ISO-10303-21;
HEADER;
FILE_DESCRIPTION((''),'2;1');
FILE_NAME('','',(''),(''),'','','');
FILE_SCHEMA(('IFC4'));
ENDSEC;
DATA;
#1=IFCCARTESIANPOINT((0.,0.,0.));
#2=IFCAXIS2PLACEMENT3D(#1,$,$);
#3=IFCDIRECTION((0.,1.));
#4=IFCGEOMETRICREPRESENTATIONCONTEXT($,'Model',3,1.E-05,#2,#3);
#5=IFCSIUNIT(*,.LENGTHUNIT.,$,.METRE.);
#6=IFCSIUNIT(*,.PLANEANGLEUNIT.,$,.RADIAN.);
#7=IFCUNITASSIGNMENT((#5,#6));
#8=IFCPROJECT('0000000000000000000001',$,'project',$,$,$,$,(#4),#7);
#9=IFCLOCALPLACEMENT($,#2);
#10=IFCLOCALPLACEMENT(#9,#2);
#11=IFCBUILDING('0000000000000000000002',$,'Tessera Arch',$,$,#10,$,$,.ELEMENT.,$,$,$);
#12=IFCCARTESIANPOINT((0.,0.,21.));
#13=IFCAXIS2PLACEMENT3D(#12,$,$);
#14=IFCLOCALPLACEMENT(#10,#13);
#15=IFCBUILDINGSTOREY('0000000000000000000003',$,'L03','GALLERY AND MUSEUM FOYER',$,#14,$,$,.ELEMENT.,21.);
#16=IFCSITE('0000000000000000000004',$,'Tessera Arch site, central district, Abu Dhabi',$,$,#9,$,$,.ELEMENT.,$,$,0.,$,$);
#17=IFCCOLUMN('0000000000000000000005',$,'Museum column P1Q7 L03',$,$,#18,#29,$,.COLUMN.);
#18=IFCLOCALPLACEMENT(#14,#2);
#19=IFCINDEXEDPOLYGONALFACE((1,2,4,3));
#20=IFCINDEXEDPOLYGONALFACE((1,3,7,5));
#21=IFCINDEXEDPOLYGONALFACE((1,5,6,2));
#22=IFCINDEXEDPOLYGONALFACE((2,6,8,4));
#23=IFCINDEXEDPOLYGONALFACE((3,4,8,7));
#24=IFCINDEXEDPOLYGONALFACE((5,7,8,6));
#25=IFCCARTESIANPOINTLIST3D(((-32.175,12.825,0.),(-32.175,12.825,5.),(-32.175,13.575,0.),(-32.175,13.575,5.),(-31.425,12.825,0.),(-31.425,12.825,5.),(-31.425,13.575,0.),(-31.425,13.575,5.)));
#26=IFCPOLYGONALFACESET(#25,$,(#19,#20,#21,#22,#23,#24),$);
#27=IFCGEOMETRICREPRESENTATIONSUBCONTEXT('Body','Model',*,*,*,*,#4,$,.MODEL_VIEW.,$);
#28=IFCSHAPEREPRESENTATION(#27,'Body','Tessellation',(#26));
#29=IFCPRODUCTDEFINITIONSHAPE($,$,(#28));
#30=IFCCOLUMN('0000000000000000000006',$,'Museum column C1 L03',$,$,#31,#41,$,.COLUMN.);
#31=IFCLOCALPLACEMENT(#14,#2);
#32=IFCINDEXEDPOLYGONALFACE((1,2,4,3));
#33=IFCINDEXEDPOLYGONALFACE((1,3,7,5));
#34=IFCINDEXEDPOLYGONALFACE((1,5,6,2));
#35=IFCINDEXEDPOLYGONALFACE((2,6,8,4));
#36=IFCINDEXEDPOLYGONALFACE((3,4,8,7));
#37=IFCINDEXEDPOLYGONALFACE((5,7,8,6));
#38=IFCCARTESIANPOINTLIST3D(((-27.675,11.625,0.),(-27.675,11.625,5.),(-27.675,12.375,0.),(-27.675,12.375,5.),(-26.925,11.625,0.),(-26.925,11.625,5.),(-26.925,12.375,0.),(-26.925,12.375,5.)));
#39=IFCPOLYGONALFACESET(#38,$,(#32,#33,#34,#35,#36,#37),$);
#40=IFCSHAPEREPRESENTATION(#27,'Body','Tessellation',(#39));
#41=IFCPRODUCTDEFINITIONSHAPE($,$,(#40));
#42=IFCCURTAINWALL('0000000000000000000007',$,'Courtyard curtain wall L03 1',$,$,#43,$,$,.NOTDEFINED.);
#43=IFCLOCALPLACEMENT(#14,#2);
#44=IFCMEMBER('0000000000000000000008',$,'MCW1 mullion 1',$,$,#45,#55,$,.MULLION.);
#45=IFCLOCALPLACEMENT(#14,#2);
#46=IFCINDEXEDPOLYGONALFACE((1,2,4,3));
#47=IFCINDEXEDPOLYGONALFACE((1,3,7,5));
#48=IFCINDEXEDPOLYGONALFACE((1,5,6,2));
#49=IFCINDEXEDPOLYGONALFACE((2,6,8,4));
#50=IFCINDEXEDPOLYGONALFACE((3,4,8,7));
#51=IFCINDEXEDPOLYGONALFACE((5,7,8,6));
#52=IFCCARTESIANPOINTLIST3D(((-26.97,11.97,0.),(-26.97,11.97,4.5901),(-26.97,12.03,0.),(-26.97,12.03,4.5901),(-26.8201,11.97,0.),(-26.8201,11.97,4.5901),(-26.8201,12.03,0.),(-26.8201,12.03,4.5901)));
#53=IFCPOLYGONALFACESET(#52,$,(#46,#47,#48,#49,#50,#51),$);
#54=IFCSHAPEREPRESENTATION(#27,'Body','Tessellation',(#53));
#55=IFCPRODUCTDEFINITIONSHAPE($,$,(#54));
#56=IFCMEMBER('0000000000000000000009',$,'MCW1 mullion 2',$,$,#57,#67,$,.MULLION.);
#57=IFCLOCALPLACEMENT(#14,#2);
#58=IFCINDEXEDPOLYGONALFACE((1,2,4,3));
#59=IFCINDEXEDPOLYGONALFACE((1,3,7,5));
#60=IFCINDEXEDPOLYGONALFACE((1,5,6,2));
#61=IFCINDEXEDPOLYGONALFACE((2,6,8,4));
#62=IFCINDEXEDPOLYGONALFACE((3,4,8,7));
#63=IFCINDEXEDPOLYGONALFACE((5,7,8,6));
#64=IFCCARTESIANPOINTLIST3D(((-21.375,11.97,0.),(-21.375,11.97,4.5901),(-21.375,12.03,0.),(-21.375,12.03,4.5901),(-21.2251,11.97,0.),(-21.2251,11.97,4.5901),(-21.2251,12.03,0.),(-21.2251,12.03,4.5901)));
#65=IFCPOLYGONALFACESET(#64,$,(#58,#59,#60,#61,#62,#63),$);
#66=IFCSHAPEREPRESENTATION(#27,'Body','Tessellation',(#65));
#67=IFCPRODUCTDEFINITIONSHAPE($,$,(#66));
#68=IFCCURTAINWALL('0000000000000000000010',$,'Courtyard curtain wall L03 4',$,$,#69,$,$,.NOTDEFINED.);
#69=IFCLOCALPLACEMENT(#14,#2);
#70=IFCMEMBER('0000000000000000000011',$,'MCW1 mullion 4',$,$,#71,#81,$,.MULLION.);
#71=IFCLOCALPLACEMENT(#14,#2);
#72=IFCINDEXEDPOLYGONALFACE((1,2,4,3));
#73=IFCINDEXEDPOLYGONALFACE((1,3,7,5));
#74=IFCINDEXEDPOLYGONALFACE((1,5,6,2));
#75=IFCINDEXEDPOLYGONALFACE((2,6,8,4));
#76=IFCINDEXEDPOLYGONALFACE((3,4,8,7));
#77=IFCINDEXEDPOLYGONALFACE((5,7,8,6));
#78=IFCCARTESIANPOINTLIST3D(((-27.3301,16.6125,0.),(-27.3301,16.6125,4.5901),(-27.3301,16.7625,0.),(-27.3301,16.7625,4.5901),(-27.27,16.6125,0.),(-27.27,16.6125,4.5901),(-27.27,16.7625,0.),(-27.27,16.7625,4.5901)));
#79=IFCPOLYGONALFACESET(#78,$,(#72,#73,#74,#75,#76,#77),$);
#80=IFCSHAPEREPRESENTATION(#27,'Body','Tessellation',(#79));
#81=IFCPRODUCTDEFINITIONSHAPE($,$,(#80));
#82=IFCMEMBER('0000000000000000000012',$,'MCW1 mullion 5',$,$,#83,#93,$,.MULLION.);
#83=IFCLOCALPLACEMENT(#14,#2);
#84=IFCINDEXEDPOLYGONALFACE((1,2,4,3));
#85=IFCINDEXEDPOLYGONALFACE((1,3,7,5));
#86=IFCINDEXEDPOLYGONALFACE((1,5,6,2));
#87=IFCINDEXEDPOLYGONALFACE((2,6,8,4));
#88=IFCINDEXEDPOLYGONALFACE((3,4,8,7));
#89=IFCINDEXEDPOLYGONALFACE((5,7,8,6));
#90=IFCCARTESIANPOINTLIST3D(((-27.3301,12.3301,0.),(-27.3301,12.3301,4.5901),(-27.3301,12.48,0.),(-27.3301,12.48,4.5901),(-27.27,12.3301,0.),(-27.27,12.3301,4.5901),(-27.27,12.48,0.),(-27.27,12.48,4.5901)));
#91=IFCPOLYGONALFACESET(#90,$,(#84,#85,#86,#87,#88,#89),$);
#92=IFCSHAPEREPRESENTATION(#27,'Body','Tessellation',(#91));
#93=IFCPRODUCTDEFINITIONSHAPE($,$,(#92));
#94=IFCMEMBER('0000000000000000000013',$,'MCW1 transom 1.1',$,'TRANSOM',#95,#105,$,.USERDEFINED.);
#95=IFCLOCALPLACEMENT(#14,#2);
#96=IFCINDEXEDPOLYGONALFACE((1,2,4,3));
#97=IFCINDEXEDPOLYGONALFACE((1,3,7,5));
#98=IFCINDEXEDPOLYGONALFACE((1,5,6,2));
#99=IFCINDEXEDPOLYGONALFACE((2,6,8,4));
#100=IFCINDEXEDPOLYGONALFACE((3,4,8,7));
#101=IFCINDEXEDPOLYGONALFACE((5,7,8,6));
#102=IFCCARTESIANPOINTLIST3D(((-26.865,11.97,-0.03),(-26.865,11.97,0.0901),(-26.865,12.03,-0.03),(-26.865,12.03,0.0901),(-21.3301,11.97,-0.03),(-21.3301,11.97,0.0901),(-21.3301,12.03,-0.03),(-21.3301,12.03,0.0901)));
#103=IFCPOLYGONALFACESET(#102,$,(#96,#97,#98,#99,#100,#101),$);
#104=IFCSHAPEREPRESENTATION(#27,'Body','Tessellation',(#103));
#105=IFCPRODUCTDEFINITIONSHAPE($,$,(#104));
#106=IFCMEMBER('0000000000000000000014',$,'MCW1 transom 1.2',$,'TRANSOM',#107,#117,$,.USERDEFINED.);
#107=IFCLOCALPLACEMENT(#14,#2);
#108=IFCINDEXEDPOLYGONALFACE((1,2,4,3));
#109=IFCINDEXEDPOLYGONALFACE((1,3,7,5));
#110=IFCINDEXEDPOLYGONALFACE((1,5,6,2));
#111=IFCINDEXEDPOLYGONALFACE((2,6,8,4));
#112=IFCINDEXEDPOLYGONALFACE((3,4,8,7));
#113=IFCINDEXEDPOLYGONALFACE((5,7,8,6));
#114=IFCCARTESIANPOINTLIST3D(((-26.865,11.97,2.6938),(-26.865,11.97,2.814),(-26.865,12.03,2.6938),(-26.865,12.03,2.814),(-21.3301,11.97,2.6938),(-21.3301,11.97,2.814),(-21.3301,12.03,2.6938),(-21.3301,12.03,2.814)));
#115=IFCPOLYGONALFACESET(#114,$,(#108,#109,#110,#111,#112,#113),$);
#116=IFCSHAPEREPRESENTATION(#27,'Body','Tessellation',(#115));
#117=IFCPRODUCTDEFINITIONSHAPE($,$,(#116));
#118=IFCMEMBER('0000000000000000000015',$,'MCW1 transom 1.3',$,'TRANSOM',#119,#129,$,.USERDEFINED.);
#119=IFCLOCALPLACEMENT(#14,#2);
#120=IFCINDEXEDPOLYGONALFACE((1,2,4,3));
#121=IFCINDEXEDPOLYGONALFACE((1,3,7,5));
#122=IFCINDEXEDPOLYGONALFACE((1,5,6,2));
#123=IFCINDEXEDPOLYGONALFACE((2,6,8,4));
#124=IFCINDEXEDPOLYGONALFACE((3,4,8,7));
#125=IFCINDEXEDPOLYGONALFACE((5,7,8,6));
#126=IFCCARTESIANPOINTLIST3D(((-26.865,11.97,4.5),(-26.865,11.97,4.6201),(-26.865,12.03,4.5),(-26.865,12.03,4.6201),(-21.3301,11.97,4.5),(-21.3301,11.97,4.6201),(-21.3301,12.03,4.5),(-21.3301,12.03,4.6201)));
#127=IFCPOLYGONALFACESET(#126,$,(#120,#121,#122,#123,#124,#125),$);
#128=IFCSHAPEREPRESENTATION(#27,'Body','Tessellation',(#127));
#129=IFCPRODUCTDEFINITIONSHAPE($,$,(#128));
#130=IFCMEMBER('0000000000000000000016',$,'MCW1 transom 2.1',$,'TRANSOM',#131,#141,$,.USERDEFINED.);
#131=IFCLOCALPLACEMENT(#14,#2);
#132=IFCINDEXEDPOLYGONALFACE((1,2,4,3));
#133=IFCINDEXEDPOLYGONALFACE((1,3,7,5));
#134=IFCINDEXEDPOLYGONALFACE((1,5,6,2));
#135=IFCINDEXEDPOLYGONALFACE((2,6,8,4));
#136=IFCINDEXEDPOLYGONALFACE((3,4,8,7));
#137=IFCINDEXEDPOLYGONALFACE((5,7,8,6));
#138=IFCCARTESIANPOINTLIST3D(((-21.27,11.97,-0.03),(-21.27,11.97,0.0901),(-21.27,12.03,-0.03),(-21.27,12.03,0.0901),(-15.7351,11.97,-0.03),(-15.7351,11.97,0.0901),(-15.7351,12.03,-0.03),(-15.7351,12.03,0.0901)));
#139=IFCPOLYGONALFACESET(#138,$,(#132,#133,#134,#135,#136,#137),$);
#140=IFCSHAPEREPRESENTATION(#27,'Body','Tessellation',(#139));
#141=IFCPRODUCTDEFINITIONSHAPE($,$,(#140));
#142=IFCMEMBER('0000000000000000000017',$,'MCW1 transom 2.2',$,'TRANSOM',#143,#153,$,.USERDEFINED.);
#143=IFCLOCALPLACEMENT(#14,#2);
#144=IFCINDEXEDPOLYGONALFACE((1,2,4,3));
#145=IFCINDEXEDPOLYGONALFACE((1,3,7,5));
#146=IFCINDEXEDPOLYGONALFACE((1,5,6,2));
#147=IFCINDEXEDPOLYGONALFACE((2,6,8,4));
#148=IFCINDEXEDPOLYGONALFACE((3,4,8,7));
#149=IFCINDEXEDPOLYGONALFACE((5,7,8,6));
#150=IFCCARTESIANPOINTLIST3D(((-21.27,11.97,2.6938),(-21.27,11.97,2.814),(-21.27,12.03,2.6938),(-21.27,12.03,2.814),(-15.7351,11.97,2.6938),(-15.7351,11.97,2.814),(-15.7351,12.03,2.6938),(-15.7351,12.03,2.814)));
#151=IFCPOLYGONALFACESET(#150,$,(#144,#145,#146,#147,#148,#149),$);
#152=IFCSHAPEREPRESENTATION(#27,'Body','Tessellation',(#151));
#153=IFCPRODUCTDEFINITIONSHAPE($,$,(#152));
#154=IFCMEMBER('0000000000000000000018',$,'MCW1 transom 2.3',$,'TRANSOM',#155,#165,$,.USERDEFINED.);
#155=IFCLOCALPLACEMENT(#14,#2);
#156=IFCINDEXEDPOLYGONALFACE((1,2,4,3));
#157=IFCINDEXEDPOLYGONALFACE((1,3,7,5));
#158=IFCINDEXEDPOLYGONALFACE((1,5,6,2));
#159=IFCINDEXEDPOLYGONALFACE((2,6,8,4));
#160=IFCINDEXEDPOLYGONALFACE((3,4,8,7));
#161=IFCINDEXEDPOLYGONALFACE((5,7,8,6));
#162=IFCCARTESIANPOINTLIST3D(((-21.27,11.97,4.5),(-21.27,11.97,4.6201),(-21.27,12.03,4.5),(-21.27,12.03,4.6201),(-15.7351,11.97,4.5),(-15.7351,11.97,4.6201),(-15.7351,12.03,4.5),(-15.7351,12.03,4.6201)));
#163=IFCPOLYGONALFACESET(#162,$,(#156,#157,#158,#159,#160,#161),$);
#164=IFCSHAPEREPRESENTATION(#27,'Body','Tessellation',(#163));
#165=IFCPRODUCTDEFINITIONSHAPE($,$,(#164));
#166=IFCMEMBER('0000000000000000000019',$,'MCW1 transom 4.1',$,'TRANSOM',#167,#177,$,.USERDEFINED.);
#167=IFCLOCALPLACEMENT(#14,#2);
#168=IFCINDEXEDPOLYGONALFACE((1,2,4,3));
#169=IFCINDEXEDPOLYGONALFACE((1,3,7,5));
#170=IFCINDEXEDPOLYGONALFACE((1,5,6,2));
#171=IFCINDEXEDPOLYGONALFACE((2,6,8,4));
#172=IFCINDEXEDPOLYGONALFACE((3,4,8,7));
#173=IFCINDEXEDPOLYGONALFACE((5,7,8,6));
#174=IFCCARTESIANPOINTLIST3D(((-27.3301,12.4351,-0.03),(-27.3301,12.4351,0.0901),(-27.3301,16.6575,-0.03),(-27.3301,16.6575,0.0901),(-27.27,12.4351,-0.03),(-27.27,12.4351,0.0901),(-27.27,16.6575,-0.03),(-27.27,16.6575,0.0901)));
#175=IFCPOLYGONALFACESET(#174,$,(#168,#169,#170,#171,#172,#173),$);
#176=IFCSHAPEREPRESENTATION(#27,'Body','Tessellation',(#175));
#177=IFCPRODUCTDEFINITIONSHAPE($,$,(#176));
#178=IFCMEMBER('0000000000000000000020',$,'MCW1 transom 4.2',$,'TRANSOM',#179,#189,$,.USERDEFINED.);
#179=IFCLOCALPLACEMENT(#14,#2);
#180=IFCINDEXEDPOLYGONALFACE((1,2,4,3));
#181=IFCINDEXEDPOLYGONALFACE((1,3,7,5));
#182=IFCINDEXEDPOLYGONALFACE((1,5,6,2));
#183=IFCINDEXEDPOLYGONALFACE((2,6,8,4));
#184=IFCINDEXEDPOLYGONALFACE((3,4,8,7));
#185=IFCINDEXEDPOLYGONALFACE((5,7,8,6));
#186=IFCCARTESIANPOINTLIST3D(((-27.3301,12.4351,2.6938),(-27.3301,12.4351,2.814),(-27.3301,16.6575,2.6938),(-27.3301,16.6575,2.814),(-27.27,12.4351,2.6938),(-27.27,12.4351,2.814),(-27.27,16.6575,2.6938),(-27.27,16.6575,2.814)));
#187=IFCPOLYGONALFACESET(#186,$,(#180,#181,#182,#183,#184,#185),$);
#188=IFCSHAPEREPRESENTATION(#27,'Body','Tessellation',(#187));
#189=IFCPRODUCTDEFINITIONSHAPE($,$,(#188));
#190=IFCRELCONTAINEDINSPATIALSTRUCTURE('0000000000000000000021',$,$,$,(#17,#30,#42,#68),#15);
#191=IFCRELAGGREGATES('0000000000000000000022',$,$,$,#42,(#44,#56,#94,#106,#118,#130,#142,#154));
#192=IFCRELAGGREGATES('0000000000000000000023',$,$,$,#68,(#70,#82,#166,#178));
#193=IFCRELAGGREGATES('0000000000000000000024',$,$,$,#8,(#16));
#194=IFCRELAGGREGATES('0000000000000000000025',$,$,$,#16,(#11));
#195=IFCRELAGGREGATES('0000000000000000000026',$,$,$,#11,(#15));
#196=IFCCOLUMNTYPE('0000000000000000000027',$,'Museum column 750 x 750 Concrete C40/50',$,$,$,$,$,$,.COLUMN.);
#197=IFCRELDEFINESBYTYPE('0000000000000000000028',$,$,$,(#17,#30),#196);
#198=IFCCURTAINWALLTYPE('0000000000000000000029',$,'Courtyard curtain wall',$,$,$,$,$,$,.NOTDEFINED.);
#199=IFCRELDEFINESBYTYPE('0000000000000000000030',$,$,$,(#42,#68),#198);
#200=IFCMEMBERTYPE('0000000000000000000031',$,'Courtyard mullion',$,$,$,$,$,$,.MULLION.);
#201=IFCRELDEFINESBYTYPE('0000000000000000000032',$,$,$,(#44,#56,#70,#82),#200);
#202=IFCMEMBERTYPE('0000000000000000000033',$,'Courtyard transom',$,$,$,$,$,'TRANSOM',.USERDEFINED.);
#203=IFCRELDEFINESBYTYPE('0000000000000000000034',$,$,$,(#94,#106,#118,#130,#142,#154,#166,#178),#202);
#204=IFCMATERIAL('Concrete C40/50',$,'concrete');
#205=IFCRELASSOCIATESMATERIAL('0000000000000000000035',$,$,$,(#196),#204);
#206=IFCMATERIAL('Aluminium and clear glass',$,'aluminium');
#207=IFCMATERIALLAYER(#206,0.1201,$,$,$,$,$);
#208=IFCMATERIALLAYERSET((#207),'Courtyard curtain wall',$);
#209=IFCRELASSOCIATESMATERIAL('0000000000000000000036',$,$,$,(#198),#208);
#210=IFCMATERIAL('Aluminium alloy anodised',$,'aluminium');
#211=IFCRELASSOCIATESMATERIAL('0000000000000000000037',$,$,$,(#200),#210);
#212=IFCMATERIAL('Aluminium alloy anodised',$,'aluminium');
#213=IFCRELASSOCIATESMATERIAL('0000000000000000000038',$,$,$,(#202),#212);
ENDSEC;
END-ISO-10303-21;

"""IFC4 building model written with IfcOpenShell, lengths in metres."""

from ifc_helpers import new_model, si_unit, direction, frame, origin, origin_2d, place, context, subcontext, project, spatial, rectangle, extrude, material, layer, layer_set, material_profile, profile_set, type_object, element, aggregate, save


model = new_model("IFC4")

# Units and contexts
model_context = context("Model", 3, precision=1e-05, world=origin(), true_north=direction((0.0, 1.0)))
body_context = subcontext(model_context, "Body", "Model", "MODEL_VIEW")
ifc_project = project(units=[si_unit("LENGTHUNIT", "METRE"), si_unit("PLANEANGLEUNIT", "RADIAN")], contexts=[model_context])

# Site, building, storey
site_placement = place(None, origin())
site = spatial("IfcSite", under=ifc_project, at=site_placement, Name="Tessera Arch site, central district, Abu Dhabi", CompositionType="ELEMENT", RefElevation=0.0)
building_placement = place(site_placement, origin())
building = spatial("IfcBuilding", under=site, at=building_placement, Name="Tessera Arch", CompositionType="ELEMENT")
storey_placement = place(building_placement, frame((0.0, 0.0, 21.0)))
storey = spatial("IfcBuildingStorey", under=building, at=storey_placement, Name="L03", Description="GALLERY AND MUSEUM FOYER", CompositionType="ELEMENT", Elevation=21.0)

# Columns
ifc_material_1 = material(Name="Concrete C40/50", Category="concrete")
ifc_material_profile_1 = material_profile(ifc_material_1, rectangle(XDim=0.75, YDim=0.75, at=origin_2d()), Name="Museum column 750 x 750 Concrete C40/50")
ifc_profile_set_1 = profile_set([ifc_material_profile_1], Name="Concrete C40/50")
column_type = type_object("IfcColumnType", Name="Museum column 750 x 750 Concrete C40/50", PredefinedType="COLUMN", material=ifc_profile_set_1)
for number, where, z_axis, x_axis, name in (
    (1, (-31.8, 13.2, 0.0), (0.0, 0.0, 1.0), (1.0, 0.0, 0.0), "Museum column P1Q7 L03"),
    (2, (-27.3, 12.0, 0.0), (0.0, 0.0, 1.0), (1.0, 0.0, 0.0), "Museum column C1 L03"),
):
    element("IfcColumn", number, at=place(storey_placement, frame(where, z_axis=z_axis, x_axis=x_axis)), inside=storey, type_object=column_type, Name=name, PredefinedType="COLUMN", context=body_context, shape_type="SweptSolid", body=[
        extrude(rectangle(XDim=0.75, YDim=0.75, at=origin_2d()), origin(), (0.0, 0.0, 1.0), 5.0),
    ])

# Curtain walls, members
ifc_material_2 = material(Name="Aluminium and clear glass", Category="aluminium")
ifc_layer_1 = layer(ifc_material_2, 0.1201)
ifc_layer_set_1 = layer_set([ifc_layer_1], Name="Courtyard curtain wall")
curtain_wall_type = type_object("IfcCurtainWallType", Name="Courtyard curtain wall", PredefinedType="NOTDEFINED", material=ifc_layer_set_1)
curtain_wall_1_placement = place(storey_placement, origin())
curtain_wall_1 = element("IfcCurtainWall", 3, at=curtain_wall_1_placement, inside=storey, type_object=curtain_wall_type, Name="Courtyard curtain wall L03 1", PredefinedType="NOTDEFINED")
ifc_material_3 = material(Name="Aluminium alloy anodised", Category="aluminium")
ifc_material_profile_2 = material_profile(ifc_material_3, rectangle(XDim=0.0601, YDim=0.1499, at=origin_2d()), Name="Courtyard mullion")
ifc_profile_set_2 = profile_set([ifc_material_profile_2], Name="Aluminium alloy anodised")
member_type_1 = type_object("IfcMemberType", Name="Courtyard mullion", PredefinedType="MULLION", material=ifc_profile_set_2)
member_1_placement = place(storey_placement, frame((-26.895, 12.0, 0.0), z_axis=(0.0, 0.0, 1.0), x_axis=(0.0, 1.0, 0.0)))
member_1 = element("IfcMember", 4, at=member_1_placement, type_object=member_type_1, Name="MCW1 mullion 1", PredefinedType="MULLION", context=body_context, shape_type="SweptSolid", body=[
    extrude(rectangle(XDim=0.0601, YDim=0.1499, at=origin_2d()), origin(), (0.0, 0.0, 1.0), 4.5901),
])
member_2_placement = place(storey_placement, frame((-21.3, 12.0, 0.0), z_axis=(0.0, 0.0, 1.0), x_axis=(0.0, 1.0, 0.0)))
member_2 = element("IfcMember", 5, at=member_2_placement, type_object=member_type_1, Name="MCW1 mullion 2", PredefinedType="MULLION", context=body_context, shape_type="SweptSolid", body=[
    extrude(rectangle(XDim=0.0601, YDim=0.1499, at=origin_2d()), origin(), (0.0, 0.0, 1.0), 4.5901),
])
curtain_wall_2_placement = place(storey_placement, origin())
curtain_wall_2 = element("IfcCurtainWall", 6, at=curtain_wall_2_placement, inside=storey, type_object=curtain_wall_type, Name="Courtyard curtain wall L03 4", PredefinedType="NOTDEFINED")
member_3_placement = place(storey_placement, frame((-27.3, 16.6875, 0.0), z_axis=(0.0, 0.0, 1.0), x_axis=(1.0, 0.0, 0.0)))
member_3 = element("IfcMember", 7, at=member_3_placement, type_object=member_type_1, Name="MCW1 mullion 4", PredefinedType="MULLION", context=body_context, shape_type="SweptSolid", body=[
    extrude(rectangle(XDim=0.0601, YDim=0.1499, at=origin_2d()), origin(), (0.0, 0.0, 1.0), 4.5901),
])
member_4_placement = place(storey_placement, frame((-27.3, 12.405, 0.0), z_axis=(0.0, 0.0, 1.0), x_axis=(1.0, 0.0, 0.0)))
member_4 = element("IfcMember", 8, at=member_4_placement, type_object=member_type_1, Name="MCW1 mullion 5", PredefinedType="MULLION", context=body_context, shape_type="SweptSolid", body=[
    extrude(rectangle(XDim=0.0601, YDim=0.1499, at=origin_2d()), origin(), (0.0, 0.0, 1.0), 4.5901),
])

# Members
ifc_material_4 = material(Name="Aluminium alloy anodised", Category="aluminium")
ifc_material_profile_3 = material_profile(ifc_material_4, rectangle(XDim=0.0601, YDim=0.1201, at=origin_2d()), Name="Courtyard transom")
ifc_profile_set_3 = profile_set([ifc_material_profile_3], Name="Aluminium alloy anodised")
member_type_2 = type_object("IfcMemberType", Name="Courtyard transom", ElementType="TRANSOM", PredefinedType="USERDEFINED", material=ifc_profile_set_3)
member_5_placement = place(storey_placement, frame((-26.865, 12.0, 0.03), z_axis=(1.0, 0.0, 0.0), x_axis=(0.0, 1.0, 0.0)))
member_5 = element("IfcMember", 9, at=member_5_placement, type_object=member_type_2, Name="MCW1 transom 1.1", ObjectType="TRANSOM", PredefinedType="USERDEFINED", context=body_context, shape_type="SweptSolid", body=[
    extrude(rectangle(XDim=0.0601, YDim=0.1201, at=origin_2d()), origin(), (0.0, 0.0, 1.0), 5.5349),
])
member_6_placement = place(storey_placement, frame((-26.865, 12.0, 2.7539), z_axis=(1.0, 0.0, 0.0), x_axis=(0.0, 1.0, 0.0)))
member_6 = element("IfcMember", 10, at=member_6_placement, type_object=member_type_2, Name="MCW1 transom 1.2", ObjectType="TRANSOM", PredefinedType="USERDEFINED", context=body_context, shape_type="SweptSolid", body=[
    extrude(rectangle(XDim=0.0601, YDim=0.1201, at=origin_2d()), origin(), (0.0, 0.0, 1.0), 5.5349),
])
member_7_placement = place(storey_placement, frame((-26.865, 12.0, 4.5601), z_axis=(1.0, 0.0, 0.0), x_axis=(0.0, 1.0, 0.0)))
member_7 = element("IfcMember", 11, at=member_7_placement, type_object=member_type_2, Name="MCW1 transom 1.3", ObjectType="TRANSOM", PredefinedType="USERDEFINED", context=body_context, shape_type="SweptSolid", body=[
    extrude(rectangle(XDim=0.0601, YDim=0.1201, at=origin_2d()), origin(), (0.0, 0.0, 1.0), 5.5349),
])
member_8_placement = place(storey_placement, frame((-21.27, 12.0, 0.03), z_axis=(1.0, 0.0, 0.0), x_axis=(0.0, 1.0, 0.0)))
member_8 = element("IfcMember", 12, at=member_8_placement, type_object=member_type_2, Name="MCW1 transom 2.1", ObjectType="TRANSOM", PredefinedType="USERDEFINED", context=body_context, shape_type="SweptSolid", body=[
    extrude(rectangle(XDim=0.0601, YDim=0.1201, at=origin_2d()), origin(), (0.0, 0.0, 1.0), 5.5349),
])
member_9_placement = place(storey_placement, frame((-21.27, 12.0, 2.7539), z_axis=(1.0, 0.0, 0.0), x_axis=(0.0, 1.0, 0.0)))
member_9 = element("IfcMember", 13, at=member_9_placement, type_object=member_type_2, Name="MCW1 transom 2.2", ObjectType="TRANSOM", PredefinedType="USERDEFINED", context=body_context, shape_type="SweptSolid", body=[
    extrude(rectangle(XDim=0.0601, YDim=0.1201, at=origin_2d()), origin(), (0.0, 0.0, 1.0), 5.5349),
])
member_10_placement = place(storey_placement, frame((-21.27, 12.0, 4.5601), z_axis=(1.0, 0.0, 0.0), x_axis=(0.0, 1.0, 0.0)))
member_10 = element("IfcMember", 14, at=member_10_placement, type_object=member_type_2, Name="MCW1 transom 2.3", ObjectType="TRANSOM", PredefinedType="USERDEFINED", context=body_context, shape_type="SweptSolid", body=[
    extrude(rectangle(XDim=0.0601, YDim=0.1201, at=origin_2d()), origin(), (0.0, 0.0, 1.0), 5.5349),
])
member_11_placement = place(storey_placement, frame((-27.3, 16.6575, 0.03), z_axis=(0.0, -1.0, 0.0), x_axis=(1.0, 0.0, 0.0)))
member_11 = element("IfcMember", 15, at=member_11_placement, type_object=member_type_2, Name="MCW1 transom 4.1", ObjectType="TRANSOM", PredefinedType="USERDEFINED", context=body_context, shape_type="SweptSolid", body=[
    extrude(rectangle(XDim=0.0601, YDim=0.1201, at=origin_2d()), origin(), (0.0, 0.0, 1.0), 4.2224),
])
member_12_placement = place(storey_placement, frame((-27.3, 16.6575, 2.7539), z_axis=(0.0, -1.0, 0.0), x_axis=(1.0, 0.0, 0.0)))
member_12 = element("IfcMember", 16, at=member_12_placement, type_object=member_type_2, Name="MCW1 transom 4.2", ObjectType="TRANSOM", PredefinedType="USERDEFINED", context=body_context, shape_type="SweptSolid", body=[
    extrude(rectangle(XDim=0.0601, YDim=0.1201, at=origin_2d()), origin(), (0.0, 0.0, 1.0), 4.2224),
])

aggregate(curtain_wall_1, [member_1, member_2, member_5, member_6, member_7, member_8, member_9, member_10])
aggregate(curtain_wall_2, [member_3, member_4, member_11, member_12])

save(model, "model.ifc")
